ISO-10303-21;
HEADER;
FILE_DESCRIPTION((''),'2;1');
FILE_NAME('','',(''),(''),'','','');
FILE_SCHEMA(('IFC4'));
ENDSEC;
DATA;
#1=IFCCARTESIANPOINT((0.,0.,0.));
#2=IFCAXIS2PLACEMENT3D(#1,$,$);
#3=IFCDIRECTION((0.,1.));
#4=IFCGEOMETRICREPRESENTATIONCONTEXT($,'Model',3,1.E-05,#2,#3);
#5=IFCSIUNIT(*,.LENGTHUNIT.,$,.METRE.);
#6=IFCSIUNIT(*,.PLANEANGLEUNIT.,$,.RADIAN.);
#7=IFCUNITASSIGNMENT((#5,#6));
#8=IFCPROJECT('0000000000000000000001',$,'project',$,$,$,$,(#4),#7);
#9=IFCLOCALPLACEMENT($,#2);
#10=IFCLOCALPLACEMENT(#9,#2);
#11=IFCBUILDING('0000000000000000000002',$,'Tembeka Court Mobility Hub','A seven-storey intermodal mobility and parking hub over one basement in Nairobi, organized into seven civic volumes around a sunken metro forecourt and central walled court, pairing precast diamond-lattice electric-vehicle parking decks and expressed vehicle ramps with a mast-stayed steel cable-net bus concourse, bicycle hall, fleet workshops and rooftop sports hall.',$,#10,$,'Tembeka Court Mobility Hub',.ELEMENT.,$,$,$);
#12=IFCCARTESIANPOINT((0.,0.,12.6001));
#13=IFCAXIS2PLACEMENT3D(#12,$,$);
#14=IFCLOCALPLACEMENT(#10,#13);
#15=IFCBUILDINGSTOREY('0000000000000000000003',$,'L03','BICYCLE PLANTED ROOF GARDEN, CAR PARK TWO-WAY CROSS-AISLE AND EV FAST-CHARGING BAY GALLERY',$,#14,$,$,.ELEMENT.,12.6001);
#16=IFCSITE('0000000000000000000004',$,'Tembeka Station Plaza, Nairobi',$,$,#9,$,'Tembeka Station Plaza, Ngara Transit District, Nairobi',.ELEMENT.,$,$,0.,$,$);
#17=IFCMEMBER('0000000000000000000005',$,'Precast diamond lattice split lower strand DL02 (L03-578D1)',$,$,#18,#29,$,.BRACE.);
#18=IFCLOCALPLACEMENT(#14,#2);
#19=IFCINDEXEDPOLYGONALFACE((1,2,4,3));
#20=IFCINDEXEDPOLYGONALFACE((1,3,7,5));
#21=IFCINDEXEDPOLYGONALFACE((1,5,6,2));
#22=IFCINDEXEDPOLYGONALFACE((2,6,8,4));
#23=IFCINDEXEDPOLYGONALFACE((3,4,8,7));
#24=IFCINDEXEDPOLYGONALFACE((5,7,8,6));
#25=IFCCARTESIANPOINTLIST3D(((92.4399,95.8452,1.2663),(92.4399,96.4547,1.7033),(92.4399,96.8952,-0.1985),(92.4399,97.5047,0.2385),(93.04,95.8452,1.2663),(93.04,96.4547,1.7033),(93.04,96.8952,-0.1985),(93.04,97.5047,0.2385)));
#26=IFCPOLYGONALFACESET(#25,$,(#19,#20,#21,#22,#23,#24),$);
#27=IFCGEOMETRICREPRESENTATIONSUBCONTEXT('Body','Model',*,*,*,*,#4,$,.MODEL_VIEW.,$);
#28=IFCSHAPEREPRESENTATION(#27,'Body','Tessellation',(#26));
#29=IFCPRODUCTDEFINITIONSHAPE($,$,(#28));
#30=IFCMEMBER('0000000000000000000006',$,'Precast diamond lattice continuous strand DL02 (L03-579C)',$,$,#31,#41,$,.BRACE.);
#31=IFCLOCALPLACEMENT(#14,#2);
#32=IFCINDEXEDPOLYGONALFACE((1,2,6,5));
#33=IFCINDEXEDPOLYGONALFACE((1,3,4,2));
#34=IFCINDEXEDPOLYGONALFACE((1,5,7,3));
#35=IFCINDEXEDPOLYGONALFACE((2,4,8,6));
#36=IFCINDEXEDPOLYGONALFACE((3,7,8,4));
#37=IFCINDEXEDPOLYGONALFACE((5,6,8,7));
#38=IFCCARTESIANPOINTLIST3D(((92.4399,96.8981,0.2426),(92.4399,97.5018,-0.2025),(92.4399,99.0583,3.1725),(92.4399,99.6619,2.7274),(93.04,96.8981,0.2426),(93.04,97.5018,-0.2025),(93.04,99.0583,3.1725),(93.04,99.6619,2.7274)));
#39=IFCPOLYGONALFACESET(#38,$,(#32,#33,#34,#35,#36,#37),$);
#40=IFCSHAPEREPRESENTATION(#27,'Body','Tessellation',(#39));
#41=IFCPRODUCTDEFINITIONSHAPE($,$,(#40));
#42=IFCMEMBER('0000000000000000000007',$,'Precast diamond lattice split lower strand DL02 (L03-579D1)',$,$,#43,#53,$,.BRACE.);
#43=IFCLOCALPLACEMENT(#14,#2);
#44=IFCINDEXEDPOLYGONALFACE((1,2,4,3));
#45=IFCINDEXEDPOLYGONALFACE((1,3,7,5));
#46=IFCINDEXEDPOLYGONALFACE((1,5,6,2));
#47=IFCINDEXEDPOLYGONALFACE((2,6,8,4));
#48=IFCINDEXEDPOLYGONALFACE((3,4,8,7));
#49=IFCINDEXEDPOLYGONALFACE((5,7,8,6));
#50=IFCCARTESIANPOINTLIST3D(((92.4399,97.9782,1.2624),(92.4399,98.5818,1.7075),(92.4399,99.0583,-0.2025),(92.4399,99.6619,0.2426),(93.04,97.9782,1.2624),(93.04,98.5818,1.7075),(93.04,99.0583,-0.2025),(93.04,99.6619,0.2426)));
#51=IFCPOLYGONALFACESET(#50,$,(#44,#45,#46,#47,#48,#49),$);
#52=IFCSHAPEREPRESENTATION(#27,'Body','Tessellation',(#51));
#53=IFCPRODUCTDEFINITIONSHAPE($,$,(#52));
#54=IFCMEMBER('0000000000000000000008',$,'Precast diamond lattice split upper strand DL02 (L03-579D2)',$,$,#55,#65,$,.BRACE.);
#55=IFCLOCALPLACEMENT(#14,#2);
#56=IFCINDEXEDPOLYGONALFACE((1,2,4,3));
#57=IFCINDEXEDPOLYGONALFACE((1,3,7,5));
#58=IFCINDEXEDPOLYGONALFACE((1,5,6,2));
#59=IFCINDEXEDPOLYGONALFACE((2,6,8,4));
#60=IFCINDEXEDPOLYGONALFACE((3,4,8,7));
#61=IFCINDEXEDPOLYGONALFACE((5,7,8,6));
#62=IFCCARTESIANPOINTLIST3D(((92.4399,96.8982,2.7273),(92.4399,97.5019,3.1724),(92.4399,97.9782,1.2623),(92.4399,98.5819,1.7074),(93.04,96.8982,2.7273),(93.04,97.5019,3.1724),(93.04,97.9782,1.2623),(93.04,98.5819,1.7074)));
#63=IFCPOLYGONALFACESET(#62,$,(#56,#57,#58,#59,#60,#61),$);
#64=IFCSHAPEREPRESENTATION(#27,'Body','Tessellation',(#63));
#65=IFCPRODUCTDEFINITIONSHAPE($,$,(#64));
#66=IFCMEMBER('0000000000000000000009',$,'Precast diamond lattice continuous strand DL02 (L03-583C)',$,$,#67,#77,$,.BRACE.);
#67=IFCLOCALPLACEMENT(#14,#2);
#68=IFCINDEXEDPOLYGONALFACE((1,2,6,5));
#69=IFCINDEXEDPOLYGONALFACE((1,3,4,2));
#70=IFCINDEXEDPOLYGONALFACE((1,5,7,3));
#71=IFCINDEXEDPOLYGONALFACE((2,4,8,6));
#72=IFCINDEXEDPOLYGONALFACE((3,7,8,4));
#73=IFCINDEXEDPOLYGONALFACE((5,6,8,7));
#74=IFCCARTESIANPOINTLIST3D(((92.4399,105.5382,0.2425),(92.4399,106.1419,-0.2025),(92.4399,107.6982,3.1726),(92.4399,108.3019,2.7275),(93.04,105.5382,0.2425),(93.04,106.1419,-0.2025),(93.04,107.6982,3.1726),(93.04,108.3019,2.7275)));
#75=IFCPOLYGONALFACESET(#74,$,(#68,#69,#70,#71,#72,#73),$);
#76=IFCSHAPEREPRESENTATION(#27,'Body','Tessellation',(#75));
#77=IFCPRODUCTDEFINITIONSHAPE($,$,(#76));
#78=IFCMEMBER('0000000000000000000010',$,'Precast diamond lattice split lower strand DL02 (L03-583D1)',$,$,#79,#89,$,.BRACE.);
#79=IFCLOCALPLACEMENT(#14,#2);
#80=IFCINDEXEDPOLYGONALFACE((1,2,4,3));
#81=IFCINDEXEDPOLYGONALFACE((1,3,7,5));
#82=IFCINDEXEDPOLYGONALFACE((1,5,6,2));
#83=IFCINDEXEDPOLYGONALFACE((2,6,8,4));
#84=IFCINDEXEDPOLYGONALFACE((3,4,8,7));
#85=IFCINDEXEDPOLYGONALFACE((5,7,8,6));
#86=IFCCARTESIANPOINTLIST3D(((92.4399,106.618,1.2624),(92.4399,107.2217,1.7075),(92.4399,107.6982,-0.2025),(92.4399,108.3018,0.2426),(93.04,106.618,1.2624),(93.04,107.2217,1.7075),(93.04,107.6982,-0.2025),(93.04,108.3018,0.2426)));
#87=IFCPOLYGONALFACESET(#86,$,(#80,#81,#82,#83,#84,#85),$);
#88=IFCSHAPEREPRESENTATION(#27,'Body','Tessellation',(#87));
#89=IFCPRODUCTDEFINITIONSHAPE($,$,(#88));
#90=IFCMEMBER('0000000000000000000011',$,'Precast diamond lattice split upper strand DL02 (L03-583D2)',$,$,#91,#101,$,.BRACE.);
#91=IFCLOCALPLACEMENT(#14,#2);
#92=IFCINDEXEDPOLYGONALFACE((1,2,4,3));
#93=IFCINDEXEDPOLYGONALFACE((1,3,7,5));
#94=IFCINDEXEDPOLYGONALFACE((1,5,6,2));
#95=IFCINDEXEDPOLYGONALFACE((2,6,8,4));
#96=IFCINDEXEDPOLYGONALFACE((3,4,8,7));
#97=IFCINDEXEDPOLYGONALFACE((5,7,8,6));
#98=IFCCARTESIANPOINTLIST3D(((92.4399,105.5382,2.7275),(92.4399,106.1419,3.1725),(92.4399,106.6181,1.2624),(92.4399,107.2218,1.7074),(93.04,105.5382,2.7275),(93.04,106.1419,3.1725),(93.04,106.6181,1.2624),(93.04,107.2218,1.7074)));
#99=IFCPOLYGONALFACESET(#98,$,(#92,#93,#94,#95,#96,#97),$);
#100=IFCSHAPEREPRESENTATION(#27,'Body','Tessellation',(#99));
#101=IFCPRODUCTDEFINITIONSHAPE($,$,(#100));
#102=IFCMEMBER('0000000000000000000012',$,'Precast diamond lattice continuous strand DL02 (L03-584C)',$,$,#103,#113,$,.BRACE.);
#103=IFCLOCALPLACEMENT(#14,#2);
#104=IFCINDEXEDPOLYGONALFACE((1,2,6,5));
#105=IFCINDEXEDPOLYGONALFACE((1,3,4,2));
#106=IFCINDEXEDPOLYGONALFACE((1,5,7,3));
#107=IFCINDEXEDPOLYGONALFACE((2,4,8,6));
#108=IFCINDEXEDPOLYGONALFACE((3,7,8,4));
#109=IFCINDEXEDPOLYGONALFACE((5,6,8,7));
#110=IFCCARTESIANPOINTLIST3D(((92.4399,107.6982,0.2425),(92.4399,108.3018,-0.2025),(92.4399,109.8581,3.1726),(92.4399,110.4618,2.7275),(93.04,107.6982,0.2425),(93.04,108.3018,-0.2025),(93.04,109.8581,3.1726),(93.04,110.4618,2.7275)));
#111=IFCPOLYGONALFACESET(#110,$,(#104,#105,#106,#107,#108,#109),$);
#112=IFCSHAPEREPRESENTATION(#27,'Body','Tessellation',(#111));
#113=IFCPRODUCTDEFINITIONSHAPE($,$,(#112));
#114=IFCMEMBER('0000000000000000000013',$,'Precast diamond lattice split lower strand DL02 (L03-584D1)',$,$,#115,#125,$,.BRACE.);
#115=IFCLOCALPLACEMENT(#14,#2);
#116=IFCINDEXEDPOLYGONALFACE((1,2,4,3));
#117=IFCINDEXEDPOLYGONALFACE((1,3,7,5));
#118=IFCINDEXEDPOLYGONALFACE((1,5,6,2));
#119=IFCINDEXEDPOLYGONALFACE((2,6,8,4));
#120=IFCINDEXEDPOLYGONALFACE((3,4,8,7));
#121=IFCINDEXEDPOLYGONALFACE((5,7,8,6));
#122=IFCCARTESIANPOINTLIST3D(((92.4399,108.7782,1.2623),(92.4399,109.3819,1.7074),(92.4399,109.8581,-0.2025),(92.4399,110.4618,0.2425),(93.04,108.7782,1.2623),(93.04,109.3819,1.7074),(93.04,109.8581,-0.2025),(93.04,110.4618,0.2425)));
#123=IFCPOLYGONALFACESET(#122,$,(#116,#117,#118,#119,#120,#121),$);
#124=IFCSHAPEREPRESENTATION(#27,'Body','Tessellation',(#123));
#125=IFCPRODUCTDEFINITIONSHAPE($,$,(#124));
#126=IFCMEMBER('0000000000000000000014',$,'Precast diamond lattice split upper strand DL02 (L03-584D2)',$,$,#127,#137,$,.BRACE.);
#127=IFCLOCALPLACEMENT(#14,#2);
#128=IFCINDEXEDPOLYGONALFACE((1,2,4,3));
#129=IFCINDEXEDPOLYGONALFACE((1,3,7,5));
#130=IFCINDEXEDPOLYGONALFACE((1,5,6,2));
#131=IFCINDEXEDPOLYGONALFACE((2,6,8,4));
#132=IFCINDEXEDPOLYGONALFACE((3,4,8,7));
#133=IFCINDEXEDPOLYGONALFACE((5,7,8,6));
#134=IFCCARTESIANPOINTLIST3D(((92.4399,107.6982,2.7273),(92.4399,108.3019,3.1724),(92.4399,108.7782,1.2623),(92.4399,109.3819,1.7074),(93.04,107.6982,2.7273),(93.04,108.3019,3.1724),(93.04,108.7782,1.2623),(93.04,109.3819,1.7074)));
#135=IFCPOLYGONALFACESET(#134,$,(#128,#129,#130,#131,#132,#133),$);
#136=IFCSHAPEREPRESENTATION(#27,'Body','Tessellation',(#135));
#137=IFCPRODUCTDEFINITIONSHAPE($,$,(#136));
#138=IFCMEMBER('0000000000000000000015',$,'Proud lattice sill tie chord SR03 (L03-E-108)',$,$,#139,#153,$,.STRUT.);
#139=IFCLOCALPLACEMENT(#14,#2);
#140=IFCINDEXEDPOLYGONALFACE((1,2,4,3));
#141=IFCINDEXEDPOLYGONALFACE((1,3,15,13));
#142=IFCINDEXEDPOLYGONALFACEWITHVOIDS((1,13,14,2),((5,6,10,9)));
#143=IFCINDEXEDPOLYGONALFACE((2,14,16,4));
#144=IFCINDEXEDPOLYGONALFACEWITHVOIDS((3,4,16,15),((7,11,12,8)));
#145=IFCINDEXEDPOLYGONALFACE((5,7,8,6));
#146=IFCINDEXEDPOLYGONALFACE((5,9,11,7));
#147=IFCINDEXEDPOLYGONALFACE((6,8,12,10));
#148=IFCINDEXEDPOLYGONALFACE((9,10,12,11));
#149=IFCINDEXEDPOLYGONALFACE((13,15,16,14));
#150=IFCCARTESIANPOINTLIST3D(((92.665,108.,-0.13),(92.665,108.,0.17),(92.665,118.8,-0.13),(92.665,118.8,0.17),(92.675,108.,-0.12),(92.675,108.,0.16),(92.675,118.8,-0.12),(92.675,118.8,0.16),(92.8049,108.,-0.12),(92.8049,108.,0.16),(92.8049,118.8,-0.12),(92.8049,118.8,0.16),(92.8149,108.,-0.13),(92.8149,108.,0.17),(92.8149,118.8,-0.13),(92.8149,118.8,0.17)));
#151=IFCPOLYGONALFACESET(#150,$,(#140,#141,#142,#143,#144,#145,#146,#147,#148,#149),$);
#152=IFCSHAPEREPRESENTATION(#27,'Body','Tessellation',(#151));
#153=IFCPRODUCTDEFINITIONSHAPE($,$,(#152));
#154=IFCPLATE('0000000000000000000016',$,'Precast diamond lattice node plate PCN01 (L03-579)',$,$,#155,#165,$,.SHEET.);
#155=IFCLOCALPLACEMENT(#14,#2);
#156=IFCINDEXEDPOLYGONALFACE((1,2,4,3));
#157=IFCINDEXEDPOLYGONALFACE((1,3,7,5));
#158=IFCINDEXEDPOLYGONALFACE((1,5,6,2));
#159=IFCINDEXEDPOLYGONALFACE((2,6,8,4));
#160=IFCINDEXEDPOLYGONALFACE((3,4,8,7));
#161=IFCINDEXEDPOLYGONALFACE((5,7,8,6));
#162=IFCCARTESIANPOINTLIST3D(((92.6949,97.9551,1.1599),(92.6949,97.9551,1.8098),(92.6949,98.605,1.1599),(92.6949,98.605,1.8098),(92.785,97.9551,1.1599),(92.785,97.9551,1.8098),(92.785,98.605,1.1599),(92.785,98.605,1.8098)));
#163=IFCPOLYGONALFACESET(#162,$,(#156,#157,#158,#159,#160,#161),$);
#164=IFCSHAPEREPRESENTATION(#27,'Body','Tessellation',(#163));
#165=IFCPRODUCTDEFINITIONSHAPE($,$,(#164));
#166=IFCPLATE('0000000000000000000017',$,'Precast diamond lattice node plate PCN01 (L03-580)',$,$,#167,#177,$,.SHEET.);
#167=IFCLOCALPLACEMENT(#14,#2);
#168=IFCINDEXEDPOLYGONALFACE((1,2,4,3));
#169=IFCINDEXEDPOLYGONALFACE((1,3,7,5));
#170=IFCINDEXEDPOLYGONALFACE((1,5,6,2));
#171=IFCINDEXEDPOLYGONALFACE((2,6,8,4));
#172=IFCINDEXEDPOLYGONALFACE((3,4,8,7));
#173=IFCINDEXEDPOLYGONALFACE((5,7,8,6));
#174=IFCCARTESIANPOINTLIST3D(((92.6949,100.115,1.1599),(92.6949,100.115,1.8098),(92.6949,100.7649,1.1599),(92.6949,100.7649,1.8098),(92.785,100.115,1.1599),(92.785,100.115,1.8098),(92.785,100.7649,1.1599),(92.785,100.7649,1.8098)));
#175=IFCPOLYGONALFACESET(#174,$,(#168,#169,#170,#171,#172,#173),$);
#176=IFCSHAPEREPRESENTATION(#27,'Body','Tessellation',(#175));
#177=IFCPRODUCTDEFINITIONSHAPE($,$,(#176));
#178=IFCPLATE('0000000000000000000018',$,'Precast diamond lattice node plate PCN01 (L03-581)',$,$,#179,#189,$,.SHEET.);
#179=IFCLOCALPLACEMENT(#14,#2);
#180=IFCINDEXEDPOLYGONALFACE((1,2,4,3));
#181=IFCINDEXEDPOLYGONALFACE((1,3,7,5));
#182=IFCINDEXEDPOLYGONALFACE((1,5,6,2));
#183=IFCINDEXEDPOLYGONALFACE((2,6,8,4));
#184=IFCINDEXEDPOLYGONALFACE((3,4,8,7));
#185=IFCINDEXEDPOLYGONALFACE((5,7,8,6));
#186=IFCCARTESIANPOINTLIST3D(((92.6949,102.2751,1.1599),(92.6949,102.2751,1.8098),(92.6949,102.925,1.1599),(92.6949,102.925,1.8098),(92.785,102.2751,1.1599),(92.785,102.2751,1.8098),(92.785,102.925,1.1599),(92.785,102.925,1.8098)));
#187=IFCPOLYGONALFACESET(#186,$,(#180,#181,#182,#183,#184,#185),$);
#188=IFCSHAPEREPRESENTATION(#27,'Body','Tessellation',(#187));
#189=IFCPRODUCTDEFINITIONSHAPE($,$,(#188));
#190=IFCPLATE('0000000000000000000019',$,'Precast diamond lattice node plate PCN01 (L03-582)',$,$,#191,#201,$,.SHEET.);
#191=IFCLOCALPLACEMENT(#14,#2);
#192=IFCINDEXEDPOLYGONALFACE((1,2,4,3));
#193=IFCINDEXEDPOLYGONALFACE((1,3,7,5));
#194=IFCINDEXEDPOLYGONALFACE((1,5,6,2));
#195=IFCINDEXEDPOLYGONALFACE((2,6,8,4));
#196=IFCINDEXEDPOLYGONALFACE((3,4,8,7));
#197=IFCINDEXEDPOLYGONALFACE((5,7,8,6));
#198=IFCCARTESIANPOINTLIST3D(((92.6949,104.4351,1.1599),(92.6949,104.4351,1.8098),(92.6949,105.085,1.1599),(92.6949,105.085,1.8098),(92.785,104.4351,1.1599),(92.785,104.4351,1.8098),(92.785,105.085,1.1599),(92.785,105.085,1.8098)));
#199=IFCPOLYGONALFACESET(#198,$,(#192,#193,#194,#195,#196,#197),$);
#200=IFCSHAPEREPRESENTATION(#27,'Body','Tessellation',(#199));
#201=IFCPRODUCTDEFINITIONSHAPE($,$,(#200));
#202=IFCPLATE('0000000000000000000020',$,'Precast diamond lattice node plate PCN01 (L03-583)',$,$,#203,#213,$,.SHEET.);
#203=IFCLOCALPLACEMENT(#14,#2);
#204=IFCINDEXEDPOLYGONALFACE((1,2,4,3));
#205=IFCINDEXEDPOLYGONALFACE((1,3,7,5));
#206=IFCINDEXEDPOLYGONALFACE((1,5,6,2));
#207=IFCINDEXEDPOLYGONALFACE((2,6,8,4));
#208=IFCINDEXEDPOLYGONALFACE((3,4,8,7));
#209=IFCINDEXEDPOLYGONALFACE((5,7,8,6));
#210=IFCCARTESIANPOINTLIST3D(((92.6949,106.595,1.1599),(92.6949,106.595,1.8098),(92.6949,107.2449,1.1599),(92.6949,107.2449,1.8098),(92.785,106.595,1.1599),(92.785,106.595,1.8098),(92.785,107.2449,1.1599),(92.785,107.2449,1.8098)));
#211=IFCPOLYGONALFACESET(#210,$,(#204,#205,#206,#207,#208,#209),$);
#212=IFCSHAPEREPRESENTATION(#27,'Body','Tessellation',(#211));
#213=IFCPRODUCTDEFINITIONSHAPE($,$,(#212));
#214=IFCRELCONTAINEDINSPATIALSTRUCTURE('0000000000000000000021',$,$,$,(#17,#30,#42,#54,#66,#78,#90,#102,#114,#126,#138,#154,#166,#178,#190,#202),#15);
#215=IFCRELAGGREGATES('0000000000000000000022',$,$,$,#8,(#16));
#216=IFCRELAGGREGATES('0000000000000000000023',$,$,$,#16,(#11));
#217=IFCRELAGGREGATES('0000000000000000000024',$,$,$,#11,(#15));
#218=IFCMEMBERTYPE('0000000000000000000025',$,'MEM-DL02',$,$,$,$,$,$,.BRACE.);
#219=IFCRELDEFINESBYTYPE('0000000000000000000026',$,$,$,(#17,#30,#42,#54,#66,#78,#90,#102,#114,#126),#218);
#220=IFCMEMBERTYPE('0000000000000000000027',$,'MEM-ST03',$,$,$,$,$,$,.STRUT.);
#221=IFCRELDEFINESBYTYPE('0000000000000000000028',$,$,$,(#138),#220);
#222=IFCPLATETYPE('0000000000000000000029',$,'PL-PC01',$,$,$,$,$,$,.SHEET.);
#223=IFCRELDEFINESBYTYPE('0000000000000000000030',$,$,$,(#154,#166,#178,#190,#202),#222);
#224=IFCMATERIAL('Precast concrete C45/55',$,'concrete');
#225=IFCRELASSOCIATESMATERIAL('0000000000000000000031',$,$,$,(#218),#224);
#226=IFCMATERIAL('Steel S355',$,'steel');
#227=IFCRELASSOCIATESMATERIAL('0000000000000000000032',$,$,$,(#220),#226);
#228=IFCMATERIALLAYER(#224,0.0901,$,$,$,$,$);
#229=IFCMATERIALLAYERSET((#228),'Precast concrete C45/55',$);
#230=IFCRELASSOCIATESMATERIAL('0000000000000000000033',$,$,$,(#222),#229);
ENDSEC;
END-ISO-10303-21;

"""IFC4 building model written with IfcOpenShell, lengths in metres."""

from ifc_helpers import new_model, si_unit, direction, frame, origin, origin_2d, place, context, subcontext, project, spatial, rectangle, hollow_rectangle, extrude, material, layer, layer_set, material_profile, profile_set, type_object, element, save


model = new_model("IFC4")

# Units and contexts
model_context = context("Model", 3, precision=1e-05, world=origin(), true_north=direction((0.0, 1.0)))
body_context = subcontext(model_context, "Body", "Model", "MODEL_VIEW")
ifc_project = project(units=[si_unit("LENGTHUNIT", "METRE"), si_unit("PLANEANGLEUNIT", "RADIAN")], contexts=[model_context])

# Site, building, storey
site_placement = place(None, origin())
site = spatial("IfcSite", under=ifc_project, at=site_placement, Name="Tembeka Station Plaza, Nairobi", LongName="Tembeka Station Plaza, Ngara Transit District, Nairobi", CompositionType="ELEMENT", RefElevation=0.0)
building_placement = place(site_placement, origin())
building = spatial("IfcBuilding", under=site, at=building_placement, Name="Tembeka Court Mobility Hub", Description="A seven-storey intermodal mobility and parking hub over one basement in Nairobi, organized into seven civic volumes around a sunken metro forecourt and central walled court, pairing precast diamond-lattice electric-vehicle parking decks and expressed vehicle ramps with a mast-stayed steel cable-net bus concourse, bicycle hall, fleet workshops and rooftop sports hall.", LongName="Tembeka Court Mobility Hub", CompositionType="ELEMENT")
storey_placement = place(building_placement, frame((0.0, 0.0, 12.6001)))
storey = spatial("IfcBuildingStorey", under=building, at=storey_placement, Name="L03", Description="BICYCLE PLANTED ROOF GARDEN, CAR PARK TWO-WAY CROSS-AISLE AND EV FAST-CHARGING BAY GALLERY", CompositionType="ELEMENT", Elevation=12.6001)

# Members
ifc_material_1 = material(Name="Precast concrete C45/55", Category="concrete")
ifc_material_profile_1 = material_profile(ifc_material_1, rectangle(XDim=0.6001, YDim=0.75, at=origin_2d()), Name="PC-DIAG 600x750")
ifc_profile_set_1 = profile_set([ifc_material_profile_1], Name="Precast concrete C45/55")
member_type_1 = type_object("IfcMemberType", Name="MEM-DL02", PredefinedType="BRACE", material=ifc_profile_set_1)
member_1_placement = place(storey_placement, frame((92.74, 97.2, 0.02), z_axis=(0.0, -0.582608, 0.812753), x_axis=(1.0, 0.0, 0.0)))
element("IfcMember", 1, at=member_1_placement, inside=storey, type_object=member_type_1, Name="Precast diamond lattice split lower strand DL02 (L03-578D1)", PredefinedType="BRACE", context=body_context, shape_type="SweptSolid", body=[
    extrude(rectangle(XDim=0.6001, YDim=0.75, at=origin_2d()), origin(), (0.0, 0.0, 1.0), 1.8022),
])
member_2_placement = place(storey_placement, frame((92.74, 97.2, 0.02), z_axis=(0.0, 0.593423, 0.804891), x_axis=(-1.0, 0.0, 0.0)))
element("IfcMember", 2, at=member_2_placement, inside=storey, type_object=member_type_1, Name="Precast diamond lattice continuous strand DL02 (L03-579C)", PredefinedType="BRACE", context=body_context, shape_type="SweptSolid", body=[
    extrude(rectangle(XDim=0.6001, YDim=0.75, at=origin_2d()), origin(), (0.0, 0.0, 1.0), 3.6401),
])
for number, where, z_axis, x_axis, name in (
    (3, (92.74, 99.3601, 0.02), (0.0, -0.593455, 0.804867), (1.0, 0.0, 0.0), "Precast diamond lattice split lower strand DL02 (L03-579D1)"),
    (4, (92.74, 98.28, 1.4849), (0.0, -0.593391, 0.804914), (1.0, 0.0, 0.0), "Precast diamond lattice split upper strand DL02 (L03-579D2)"),
):
    element("IfcMember", number, at=place(storey_placement, frame(where, z_axis=z_axis, x_axis=x_axis)), inside=storey, type_object=member_type_1, Name=name, PredefinedType="BRACE", context=body_context, shape_type="SweptSolid", body=[
        extrude(rectangle(XDim=0.6001, YDim=0.75, at=origin_2d()), origin(), (0.0, 0.0, 1.0), 1.8201),
    ])
member_3_placement = place(storey_placement, frame((92.74, 105.8401, 0.02), z_axis=(0.0, 0.59338, 0.804923), x_axis=(-1.0, 0.0, 0.0)))
element("IfcMember", 5, at=member_3_placement, inside=storey, type_object=member_type_1, Name="Precast diamond lattice continuous strand DL02 (L03-583C)", PredefinedType="BRACE", context=body_context, shape_type="SweptSolid", body=[
    extrude(rectangle(XDim=0.6001, YDim=0.75, at=origin_2d()), origin(), (0.0, 0.0, 1.0), 3.6401),
])
for number, where, z_axis, x_axis, name in (
    (6, (92.74, 108.0, 0.02), (0.0, -0.593455, 0.804867), (1.0, 0.0, 0.0), "Precast diamond lattice split lower strand DL02 (L03-583D1)"),
    (7, (92.74, 106.9199, 1.4849), (0.0, -0.593304, 0.804978), (1.0, 0.0, 0.0), "Precast diamond lattice split upper strand DL02 (L03-583D2)"),
):
    element("IfcMember", number, at=place(storey_placement, frame(where, z_axis=z_axis, x_axis=x_axis)), inside=storey, type_object=member_type_1, Name=name, PredefinedType="BRACE", context=body_context, shape_type="SweptSolid", body=[
        extrude(rectangle(XDim=0.6001, YDim=0.75, at=origin_2d()), origin(), (0.0, 0.0, 1.0), 1.8201),
    ])
member_4_placement = place(storey_placement, frame((92.74, 108.0, 0.02), z_axis=(0.0, 0.59338, 0.804923), x_axis=(-1.0, 0.0, 0.0)))
element("IfcMember", 8, at=member_4_placement, inside=storey, type_object=member_type_1, Name="Precast diamond lattice continuous strand DL02 (L03-584C)", PredefinedType="BRACE", context=body_context, shape_type="SweptSolid", body=[
    extrude(rectangle(XDim=0.6001, YDim=0.75, at=origin_2d()), origin(), (0.0, 0.0, 1.0), 3.6401),
])
member_5_placement = place(storey_placement, frame((92.74, 110.1599, 0.02), z_axis=(0.0, -0.593368, 0.804931), x_axis=(1.0, 0.0, 0.0)))
element("IfcMember", 9, at=member_5_placement, inside=storey, type_object=member_type_1, Name="Precast diamond lattice split lower strand DL02 (L03-584D1)", PredefinedType="BRACE", context=body_context, shape_type="SweptSolid", body=[
    extrude(rectangle(XDim=0.6001, YDim=0.75, at=origin_2d()), origin(), (0.0, 0.0, 1.0), 1.8198),
])
member_6_placement = place(storey_placement, frame((92.74, 109.0801, 1.4849), z_axis=(0.0, -0.593391, 0.804914), x_axis=(1.0, 0.0, 0.0)))
element("IfcMember", 10, at=member_6_placement, inside=storey, type_object=member_type_1, Name="Precast diamond lattice split upper strand DL02 (L03-584D2)", PredefinedType="BRACE", context=body_context, shape_type="SweptSolid", body=[
    extrude(rectangle(XDim=0.6001, YDim=0.75, at=origin_2d()), origin(), (0.0, 0.0, 1.0), 1.8201),
])
ifc_material_2 = material(Name="Steel S355", Category="steel")
ifc_material_profile_2 = material_profile(ifc_material_2, hollow_rectangle(XDim=0.1499, YDim=0.3, WallThickness=0.01, at=origin_2d()), Name="RHS 300x150x10")
ifc_profile_set_2 = profile_set([ifc_material_profile_2], Name="Steel S355")
member_type_2 = type_object("IfcMemberType", Name="MEM-ST03", PredefinedType="STRUT", material=ifc_profile_set_2)
member_7_placement = place(storey_placement, frame((92.74, 108.0, 0.02), z_axis=(0.0, 1.0, 0.0), x_axis=(-1.0, 0.0, 0.0)))
element("IfcMember", 11, at=member_7_placement, inside=storey, type_object=member_type_2, Name="Proud lattice sill tie chord SR03 (L03-E-108)", PredefinedType="STRUT", context=body_context, shape_type="SweptSolid", body=[
    extrude(hollow_rectangle(XDim=0.1499, YDim=0.3, WallThickness=0.01, at=origin_2d()), origin(), (0.0, 0.0, 1.0), 10.8),
])

# Plates
ifc_layer = layer(ifc_material_1, 0.0901)
ifc_layer_set = layer_set([ifc_layer], Name="Precast concrete C45/55")
plate_type = type_object("IfcPlateType", Name="PL-PC01", PredefinedType="SHEET", material=ifc_layer_set)
for number, where, z_axis, x_axis, name in (
    (12, (92.74, 98.28, 1.1599), (0.0, 0.0, 1.0), (1.0, 0.0, 0.0), "Precast diamond lattice node plate PCN01 (L03-579)"),
    (13, (92.74, 100.4399, 1.1599), (0.0, 0.0, 1.0), (1.0, 0.0, 0.0), "Precast diamond lattice node plate PCN01 (L03-580)"),
    (14, (92.74, 102.6001, 1.1599), (0.0, 0.0, 1.0), (1.0, 0.0, 0.0), "Precast diamond lattice node plate PCN01 (L03-581)"),
    (15, (92.74, 104.76, 1.1599), (0.0, 0.0, 1.0), (1.0, 0.0, 0.0), "Precast diamond lattice node plate PCN01 (L03-582)"),
    (16, (92.74, 106.9199, 1.1599), (0.0, 0.0, 1.0), (1.0, 0.0, 0.0), "Precast diamond lattice node plate PCN01 (L03-583)"),
):
    element("IfcPlate", number, at=place(storey_placement, frame(where, z_axis=z_axis, x_axis=x_axis)), inside=storey, type_object=plate_type, Name=name, PredefinedType="SHEET", context=body_context, shape_type="SweptSolid", body=[
        extrude(rectangle(XDim=0.0901, YDim=0.6499, at=origin_2d()), origin(), (0.0, 0.0, 1.0), 0.6499),
    ])

save(model, "model.ifc")
